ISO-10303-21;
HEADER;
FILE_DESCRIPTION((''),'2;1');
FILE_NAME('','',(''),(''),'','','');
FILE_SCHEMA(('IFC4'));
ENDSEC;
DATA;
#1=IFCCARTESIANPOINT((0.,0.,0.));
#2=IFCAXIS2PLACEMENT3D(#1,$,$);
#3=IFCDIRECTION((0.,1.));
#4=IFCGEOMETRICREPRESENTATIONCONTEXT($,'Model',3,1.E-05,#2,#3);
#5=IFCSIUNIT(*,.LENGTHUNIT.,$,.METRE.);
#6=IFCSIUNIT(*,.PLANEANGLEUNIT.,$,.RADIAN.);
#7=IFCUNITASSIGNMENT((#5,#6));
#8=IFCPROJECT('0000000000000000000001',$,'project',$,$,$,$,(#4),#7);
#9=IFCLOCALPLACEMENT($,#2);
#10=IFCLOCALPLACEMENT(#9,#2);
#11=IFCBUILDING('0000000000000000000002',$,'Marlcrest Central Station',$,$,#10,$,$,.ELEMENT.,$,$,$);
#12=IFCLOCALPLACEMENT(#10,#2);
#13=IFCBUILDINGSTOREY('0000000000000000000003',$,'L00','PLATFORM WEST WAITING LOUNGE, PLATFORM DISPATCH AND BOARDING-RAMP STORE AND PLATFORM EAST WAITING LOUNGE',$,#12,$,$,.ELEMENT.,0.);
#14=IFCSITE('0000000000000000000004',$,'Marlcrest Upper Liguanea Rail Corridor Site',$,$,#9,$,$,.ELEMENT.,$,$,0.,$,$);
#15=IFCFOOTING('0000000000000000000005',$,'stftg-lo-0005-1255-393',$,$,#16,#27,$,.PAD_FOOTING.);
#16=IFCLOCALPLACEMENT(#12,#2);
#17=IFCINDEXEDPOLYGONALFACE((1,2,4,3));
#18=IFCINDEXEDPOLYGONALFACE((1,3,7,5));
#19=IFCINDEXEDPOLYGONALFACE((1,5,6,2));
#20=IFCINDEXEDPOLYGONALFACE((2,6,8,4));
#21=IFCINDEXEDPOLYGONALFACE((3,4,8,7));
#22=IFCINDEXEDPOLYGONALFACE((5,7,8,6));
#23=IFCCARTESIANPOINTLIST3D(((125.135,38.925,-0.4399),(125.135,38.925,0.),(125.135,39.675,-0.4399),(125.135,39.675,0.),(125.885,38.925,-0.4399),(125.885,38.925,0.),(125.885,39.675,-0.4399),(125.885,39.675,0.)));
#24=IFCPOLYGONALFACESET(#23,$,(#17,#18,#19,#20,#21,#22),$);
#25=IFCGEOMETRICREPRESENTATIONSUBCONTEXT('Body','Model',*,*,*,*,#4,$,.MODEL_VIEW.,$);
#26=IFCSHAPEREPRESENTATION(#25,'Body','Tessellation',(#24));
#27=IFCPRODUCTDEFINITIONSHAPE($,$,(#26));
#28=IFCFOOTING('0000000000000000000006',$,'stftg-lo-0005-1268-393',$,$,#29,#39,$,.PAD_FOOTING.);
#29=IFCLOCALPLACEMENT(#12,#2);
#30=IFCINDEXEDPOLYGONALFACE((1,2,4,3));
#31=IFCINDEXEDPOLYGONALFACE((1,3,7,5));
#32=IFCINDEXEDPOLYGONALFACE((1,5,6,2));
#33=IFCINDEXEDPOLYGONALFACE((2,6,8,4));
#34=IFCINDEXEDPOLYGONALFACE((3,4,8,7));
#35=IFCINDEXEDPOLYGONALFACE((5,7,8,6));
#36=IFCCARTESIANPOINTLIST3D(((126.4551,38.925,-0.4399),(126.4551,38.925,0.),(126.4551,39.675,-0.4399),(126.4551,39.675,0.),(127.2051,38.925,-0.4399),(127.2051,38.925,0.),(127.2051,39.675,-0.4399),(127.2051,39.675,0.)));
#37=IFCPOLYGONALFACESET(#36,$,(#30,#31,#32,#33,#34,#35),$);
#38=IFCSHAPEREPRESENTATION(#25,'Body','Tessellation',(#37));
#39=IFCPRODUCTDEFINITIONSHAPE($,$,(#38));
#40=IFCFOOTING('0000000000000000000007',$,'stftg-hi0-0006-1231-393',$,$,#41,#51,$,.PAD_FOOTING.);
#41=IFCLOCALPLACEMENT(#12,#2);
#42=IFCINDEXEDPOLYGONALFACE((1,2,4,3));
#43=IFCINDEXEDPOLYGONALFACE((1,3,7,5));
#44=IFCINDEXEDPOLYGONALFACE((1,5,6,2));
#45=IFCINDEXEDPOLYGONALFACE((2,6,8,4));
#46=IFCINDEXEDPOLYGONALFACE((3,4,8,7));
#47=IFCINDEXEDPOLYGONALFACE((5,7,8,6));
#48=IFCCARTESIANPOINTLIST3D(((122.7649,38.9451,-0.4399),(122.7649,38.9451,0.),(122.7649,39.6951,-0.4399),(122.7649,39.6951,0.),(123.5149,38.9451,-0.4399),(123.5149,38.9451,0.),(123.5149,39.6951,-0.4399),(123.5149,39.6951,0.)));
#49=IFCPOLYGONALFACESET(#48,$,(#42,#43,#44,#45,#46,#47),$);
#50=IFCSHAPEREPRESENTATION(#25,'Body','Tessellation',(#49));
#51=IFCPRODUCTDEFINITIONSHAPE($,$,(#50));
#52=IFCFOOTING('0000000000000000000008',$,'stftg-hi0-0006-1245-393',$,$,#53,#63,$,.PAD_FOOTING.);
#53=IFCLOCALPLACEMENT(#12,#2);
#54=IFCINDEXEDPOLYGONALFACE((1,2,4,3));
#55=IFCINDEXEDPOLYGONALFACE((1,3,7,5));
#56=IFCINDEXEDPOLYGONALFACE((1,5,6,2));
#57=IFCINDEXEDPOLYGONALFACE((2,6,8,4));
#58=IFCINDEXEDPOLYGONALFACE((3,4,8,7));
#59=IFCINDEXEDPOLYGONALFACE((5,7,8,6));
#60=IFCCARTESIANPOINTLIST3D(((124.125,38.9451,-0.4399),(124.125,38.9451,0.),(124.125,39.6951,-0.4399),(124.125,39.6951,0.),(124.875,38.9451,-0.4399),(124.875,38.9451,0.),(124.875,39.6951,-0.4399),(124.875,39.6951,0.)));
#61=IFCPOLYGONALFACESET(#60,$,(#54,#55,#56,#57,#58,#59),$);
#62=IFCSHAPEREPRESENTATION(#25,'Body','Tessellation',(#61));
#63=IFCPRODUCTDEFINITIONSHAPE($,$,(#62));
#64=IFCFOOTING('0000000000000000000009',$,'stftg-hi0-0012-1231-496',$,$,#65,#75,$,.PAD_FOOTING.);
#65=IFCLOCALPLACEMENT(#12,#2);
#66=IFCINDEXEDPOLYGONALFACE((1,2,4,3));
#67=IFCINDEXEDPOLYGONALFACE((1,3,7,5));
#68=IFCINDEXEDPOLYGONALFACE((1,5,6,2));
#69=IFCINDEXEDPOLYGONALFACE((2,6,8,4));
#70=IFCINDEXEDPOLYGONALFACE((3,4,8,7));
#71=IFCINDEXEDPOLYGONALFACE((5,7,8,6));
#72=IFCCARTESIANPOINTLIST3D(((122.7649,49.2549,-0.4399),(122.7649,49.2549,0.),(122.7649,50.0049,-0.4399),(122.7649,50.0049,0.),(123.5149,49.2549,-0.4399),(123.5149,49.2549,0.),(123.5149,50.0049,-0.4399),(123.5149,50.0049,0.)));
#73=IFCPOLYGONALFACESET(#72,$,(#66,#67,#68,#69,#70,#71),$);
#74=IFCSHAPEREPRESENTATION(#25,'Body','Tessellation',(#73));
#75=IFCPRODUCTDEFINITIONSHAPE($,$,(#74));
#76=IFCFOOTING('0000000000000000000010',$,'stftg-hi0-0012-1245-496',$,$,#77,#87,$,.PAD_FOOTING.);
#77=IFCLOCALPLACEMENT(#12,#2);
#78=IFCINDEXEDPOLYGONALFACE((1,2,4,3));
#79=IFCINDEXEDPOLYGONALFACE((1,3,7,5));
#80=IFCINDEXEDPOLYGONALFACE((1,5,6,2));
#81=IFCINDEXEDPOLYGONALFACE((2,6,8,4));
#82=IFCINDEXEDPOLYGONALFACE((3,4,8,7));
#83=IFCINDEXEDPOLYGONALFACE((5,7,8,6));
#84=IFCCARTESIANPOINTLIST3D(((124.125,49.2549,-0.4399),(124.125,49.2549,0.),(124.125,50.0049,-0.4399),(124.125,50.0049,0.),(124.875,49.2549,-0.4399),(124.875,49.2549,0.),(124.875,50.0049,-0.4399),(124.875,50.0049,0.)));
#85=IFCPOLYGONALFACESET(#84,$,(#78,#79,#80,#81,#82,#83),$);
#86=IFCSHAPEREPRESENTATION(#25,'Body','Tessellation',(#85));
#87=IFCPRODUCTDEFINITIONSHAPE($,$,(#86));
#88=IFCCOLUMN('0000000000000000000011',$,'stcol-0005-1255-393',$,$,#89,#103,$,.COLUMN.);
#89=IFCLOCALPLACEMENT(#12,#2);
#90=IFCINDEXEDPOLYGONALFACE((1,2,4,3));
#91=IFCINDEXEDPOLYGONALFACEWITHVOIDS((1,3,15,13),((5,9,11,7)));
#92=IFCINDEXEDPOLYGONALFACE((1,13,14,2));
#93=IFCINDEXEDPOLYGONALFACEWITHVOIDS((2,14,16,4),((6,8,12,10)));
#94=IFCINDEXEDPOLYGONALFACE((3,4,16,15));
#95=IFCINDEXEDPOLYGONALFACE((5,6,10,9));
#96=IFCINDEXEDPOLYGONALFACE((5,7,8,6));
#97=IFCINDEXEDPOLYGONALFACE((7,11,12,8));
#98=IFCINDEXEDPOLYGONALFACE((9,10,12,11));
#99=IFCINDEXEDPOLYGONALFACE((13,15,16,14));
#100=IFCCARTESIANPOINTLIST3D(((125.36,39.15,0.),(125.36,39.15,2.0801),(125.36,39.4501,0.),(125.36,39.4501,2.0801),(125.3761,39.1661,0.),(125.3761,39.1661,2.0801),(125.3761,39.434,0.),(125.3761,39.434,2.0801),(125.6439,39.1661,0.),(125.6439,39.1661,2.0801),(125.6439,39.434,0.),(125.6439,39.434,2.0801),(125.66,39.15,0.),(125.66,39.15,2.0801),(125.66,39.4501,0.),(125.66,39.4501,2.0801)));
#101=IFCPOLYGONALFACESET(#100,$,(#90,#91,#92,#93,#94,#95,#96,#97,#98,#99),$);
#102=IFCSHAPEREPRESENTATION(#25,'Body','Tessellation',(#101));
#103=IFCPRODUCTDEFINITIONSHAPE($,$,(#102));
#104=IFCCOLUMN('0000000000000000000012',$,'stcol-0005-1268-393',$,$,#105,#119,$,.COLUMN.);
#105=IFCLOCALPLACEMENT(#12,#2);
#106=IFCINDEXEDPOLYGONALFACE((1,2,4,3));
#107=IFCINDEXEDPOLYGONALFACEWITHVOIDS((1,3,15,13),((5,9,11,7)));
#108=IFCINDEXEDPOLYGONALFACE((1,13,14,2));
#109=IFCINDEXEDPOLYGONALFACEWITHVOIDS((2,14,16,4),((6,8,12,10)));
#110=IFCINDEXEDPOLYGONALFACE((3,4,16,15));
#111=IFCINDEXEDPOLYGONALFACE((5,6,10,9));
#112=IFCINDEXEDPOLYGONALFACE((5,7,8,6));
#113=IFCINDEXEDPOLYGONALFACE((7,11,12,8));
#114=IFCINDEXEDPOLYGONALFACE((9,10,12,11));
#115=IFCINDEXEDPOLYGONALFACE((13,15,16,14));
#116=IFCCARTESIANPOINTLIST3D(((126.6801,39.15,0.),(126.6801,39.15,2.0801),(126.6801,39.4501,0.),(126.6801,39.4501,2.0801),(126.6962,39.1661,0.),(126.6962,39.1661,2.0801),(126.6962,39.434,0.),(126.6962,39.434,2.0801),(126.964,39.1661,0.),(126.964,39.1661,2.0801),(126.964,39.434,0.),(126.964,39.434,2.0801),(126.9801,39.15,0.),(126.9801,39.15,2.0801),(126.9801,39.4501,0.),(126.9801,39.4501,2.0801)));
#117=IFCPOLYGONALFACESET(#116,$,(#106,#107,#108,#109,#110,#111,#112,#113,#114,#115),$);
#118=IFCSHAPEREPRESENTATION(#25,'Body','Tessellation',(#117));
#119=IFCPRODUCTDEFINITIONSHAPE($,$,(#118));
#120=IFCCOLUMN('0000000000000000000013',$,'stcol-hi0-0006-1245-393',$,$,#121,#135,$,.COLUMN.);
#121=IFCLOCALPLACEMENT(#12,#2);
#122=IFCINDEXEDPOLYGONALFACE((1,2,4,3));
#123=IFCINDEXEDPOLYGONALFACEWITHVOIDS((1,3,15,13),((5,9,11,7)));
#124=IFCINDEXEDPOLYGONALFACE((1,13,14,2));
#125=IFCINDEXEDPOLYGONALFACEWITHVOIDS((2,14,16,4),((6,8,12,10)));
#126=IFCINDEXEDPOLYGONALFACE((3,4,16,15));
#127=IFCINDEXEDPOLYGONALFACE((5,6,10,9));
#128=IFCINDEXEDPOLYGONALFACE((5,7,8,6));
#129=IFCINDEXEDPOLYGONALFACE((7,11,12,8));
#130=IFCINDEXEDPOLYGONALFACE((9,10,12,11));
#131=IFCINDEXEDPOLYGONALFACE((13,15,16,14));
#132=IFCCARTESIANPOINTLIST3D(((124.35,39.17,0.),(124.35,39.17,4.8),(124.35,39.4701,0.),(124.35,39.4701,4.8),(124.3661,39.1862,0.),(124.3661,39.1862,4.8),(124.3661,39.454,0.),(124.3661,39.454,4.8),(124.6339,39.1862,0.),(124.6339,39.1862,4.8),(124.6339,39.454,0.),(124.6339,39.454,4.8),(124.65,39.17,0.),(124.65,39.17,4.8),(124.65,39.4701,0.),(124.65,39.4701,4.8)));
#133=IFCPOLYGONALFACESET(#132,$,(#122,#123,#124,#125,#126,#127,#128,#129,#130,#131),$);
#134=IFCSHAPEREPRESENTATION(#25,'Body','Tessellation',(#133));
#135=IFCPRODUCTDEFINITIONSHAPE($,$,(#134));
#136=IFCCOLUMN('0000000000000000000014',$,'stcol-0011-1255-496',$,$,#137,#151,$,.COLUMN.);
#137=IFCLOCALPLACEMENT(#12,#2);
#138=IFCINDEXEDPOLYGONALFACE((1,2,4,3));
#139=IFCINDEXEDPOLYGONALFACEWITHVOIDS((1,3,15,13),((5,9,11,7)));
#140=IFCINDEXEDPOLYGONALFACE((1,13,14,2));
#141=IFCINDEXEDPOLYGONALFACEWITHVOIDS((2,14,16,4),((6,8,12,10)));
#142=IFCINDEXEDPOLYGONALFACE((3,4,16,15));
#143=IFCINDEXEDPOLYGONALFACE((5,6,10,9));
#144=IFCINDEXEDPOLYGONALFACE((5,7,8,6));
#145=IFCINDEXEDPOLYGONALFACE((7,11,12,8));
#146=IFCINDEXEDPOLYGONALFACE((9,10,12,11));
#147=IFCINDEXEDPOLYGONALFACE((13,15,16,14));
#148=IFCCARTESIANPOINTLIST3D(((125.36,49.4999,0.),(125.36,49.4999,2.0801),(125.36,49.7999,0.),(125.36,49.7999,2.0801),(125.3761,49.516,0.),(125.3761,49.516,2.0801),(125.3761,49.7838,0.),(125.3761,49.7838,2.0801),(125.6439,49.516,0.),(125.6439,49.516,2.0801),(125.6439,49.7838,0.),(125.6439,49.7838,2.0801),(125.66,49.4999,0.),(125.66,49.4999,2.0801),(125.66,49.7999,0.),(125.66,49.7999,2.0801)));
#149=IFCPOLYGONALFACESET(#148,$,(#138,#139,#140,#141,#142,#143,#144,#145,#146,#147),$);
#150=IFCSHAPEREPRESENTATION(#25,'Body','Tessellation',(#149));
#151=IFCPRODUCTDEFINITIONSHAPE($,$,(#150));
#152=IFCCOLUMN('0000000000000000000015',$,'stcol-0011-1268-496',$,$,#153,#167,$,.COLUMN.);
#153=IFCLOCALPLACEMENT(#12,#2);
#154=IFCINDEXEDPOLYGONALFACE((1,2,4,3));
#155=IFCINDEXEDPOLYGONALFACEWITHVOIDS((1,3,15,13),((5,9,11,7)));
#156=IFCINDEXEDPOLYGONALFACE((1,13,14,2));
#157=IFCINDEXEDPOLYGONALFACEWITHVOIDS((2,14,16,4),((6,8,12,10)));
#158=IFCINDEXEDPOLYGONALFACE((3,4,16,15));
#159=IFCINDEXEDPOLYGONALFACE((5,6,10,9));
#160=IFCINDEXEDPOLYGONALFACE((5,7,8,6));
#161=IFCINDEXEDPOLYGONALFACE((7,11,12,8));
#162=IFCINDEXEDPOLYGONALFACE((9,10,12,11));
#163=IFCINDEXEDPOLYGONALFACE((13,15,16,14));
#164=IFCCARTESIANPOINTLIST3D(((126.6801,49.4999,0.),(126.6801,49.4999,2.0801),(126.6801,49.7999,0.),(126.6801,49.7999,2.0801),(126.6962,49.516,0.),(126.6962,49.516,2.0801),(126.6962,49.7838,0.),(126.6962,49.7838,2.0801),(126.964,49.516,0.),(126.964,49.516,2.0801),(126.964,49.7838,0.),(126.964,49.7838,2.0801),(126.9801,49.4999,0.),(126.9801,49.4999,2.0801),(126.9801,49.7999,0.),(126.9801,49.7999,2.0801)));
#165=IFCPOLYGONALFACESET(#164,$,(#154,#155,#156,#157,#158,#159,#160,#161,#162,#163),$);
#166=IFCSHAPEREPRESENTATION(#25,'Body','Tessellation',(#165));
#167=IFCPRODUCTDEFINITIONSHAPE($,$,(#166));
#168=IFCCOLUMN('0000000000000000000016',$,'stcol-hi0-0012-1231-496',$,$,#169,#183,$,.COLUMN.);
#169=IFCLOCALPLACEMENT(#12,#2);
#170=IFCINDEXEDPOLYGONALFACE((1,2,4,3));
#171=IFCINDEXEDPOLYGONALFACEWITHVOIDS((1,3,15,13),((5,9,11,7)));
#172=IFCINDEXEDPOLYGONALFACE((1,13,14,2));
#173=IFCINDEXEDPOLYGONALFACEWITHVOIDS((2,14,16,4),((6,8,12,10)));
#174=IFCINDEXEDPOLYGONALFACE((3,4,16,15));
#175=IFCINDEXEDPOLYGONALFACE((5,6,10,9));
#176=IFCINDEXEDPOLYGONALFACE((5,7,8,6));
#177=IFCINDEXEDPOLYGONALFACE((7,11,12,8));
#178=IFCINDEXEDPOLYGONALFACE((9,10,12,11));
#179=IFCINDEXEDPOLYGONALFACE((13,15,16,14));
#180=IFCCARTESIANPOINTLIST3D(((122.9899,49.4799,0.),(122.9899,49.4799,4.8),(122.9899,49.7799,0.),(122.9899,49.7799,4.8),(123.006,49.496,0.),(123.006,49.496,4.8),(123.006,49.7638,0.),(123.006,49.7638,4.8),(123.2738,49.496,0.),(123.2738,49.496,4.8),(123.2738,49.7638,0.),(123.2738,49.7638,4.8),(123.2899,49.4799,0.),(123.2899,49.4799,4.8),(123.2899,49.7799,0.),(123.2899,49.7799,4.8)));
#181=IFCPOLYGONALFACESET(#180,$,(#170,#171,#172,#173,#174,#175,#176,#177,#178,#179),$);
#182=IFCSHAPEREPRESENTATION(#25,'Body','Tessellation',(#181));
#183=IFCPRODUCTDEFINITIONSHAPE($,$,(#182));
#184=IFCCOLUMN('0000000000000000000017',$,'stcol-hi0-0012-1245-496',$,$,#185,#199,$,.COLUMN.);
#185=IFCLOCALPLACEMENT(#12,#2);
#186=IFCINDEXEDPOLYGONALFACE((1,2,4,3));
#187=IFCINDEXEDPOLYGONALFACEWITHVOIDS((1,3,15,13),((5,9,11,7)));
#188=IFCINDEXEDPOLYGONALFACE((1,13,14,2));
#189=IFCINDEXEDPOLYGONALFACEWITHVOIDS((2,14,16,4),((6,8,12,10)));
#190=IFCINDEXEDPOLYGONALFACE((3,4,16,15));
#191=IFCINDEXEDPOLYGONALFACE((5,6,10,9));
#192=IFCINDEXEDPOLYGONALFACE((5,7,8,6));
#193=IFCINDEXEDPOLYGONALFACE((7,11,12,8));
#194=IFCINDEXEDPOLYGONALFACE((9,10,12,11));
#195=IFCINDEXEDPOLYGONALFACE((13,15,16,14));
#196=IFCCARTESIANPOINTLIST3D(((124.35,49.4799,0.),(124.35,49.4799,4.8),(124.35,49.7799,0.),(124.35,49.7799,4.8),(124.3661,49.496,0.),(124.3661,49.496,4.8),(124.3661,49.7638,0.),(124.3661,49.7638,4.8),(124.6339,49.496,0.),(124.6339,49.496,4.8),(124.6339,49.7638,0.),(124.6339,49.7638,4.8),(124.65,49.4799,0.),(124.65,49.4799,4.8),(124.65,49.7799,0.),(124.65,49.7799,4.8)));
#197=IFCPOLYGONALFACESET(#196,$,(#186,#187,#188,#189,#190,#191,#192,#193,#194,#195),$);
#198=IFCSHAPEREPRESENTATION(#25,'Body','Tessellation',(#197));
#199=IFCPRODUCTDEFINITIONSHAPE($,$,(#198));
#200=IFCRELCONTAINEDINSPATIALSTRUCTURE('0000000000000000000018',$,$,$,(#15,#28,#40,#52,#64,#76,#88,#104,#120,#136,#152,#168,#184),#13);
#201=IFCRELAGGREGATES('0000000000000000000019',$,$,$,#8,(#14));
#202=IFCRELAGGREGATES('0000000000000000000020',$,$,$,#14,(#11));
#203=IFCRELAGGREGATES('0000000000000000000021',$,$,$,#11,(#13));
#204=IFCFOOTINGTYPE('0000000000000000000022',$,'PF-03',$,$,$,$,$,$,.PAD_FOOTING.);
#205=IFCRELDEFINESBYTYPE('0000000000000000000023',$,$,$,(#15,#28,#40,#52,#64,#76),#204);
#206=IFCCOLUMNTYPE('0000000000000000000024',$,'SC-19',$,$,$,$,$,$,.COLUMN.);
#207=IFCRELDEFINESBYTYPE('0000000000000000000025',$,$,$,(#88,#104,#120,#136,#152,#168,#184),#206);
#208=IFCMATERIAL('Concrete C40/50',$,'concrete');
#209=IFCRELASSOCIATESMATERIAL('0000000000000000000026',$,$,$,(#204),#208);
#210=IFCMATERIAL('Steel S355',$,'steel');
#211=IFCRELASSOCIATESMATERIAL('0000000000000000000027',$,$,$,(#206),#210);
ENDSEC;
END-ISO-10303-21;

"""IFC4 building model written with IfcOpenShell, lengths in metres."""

from ifc_helpers import new_model, si_unit, direction, frame, origin, origin_2d, place, context, subcontext, project, spatial, rectangle, hollow_rectangle, extrude, material, material_profile, profile_set, type_object, element, save


model = new_model("IFC4")

# Units and contexts
model_context = context("Model", 3, precision=1e-05, world=origin(), true_north=direction((0.0, 1.0)))
body_context = subcontext(model_context, "Body", "Model", "MODEL_VIEW")
ifc_project = project(units=[si_unit("LENGTHUNIT", "METRE"), si_unit("PLANEANGLEUNIT", "RADIAN")], contexts=[model_context])

# Site, building, storey
site_placement = place(None, origin())
site = spatial("IfcSite", under=ifc_project, at=site_placement, Name="Marlcrest Upper Liguanea Rail Corridor Site", CompositionType="ELEMENT", RefElevation=0.0)
building_placement = place(site_placement, origin())
building = spatial("IfcBuilding", under=site, at=building_placement, Name="Marlcrest Central Station", CompositionType="ELEMENT")
storey_placement = place(building_placement, origin())
storey = spatial("IfcBuildingStorey", under=building, at=storey_placement, Name="L00", Description="PLATFORM WEST WAITING LOUNGE, PLATFORM DISPATCH AND BOARDING-RAMP STORE AND PLATFORM EAST WAITING LOUNGE", CompositionType="ELEMENT", Elevation=0.0)

# Footings
ifc_material_1 = material(Name="Concrete C40/50", Category="concrete")
footing_type = type_object("IfcFootingType", Name="PF-03", PredefinedType="PAD_FOOTING", material=ifc_material_1)
for number, where, z_axis, x_axis, name in (
    (1, (125.51, 39.3, -0.4399), (0.0, 0.0, 1.0), (1.0, 0.0, 0.0), "stftg-lo-0005-1255-393"),
    (2, (126.8301, 39.3, -0.4399), (0.0, 0.0, 1.0), (1.0, 0.0, 0.0), "stftg-lo-0005-1268-393"),
    (3, (123.1399, 39.3201, -0.4399), (0.0, 0.0, 1.0), (1.0, 0.0, 0.0), "stftg-hi0-0006-1231-393"),
    (4, (124.5, 39.3201, -0.4399), (0.0, 0.0, 1.0), (1.0, 0.0, 0.0), "stftg-hi0-0006-1245-393"),
    (5, (123.1399, 49.6299, -0.4399), (0.0, 0.0, 1.0), (1.0, 0.0, 0.0), "stftg-hi0-0012-1231-496"),
    (6, (124.5, 49.6299, -0.4399), (0.0, 0.0, 1.0), (1.0, 0.0, 0.0), "stftg-hi0-0012-1245-496"),
):
    element("IfcFooting", number, at=place(storey_placement, frame(where, z_axis=z_axis, x_axis=x_axis)), inside=storey, type_object=footing_type, Name=name, PredefinedType="PAD_FOOTING", context=body_context, shape_type="SweptSolid", body=[
        extrude(rectangle(XDim=0.75, YDim=0.75, at=origin_2d()), origin(), (0.0, 0.0, 1.0), 0.4399),
    ])

# Columns
ifc_material_2 = material(Name="Steel S355", Category="steel")
ifc_material_profile = material_profile(ifc_material_2, hollow_rectangle(XDim=0.3, YDim=0.3, WallThickness=0.0161, at=origin_2d()), Name="SHS 300x300x16")
ifc_profile_set = profile_set([ifc_material_profile], Name="Steel S355")
column_type = type_object("IfcColumnType", Name="SC-19", PredefinedType="COLUMN", material=ifc_profile_set)
for number, where, z_axis, x_axis, name in (
    (7, (125.51, 39.3, 0.0), (0.0, 0.0, 1.0), (1.0, 0.0, 0.0), "stcol-0005-1255-393"),
    (8, (126.8301, 39.3, 0.0), (0.0, 0.0, 1.0), (1.0, 0.0, 0.0), "stcol-0005-1268-393"),
):
    element("IfcColumn", number, at=place(storey_placement, frame(where, z_axis=z_axis, x_axis=x_axis)), inside=storey, type_object=column_type, Name=name, PredefinedType="COLUMN", context=body_context, shape_type="SweptSolid", body=[
        extrude(hollow_rectangle(XDim=0.3, YDim=0.3, WallThickness=0.0161, at=origin_2d()), origin(), (0.0, 0.0, 1.0), 2.0801),
    ])
column_placement = place(storey_placement, frame((124.5, 39.3201, 0.0), z_axis=(0.0, 0.0, 1.0), x_axis=(1.0, 0.0, 0.0)))
element("IfcColumn", 9, at=column_placement, inside=storey, type_object=column_type, Name="stcol-hi0-0006-1245-393", PredefinedType="COLUMN", context=body_context, shape_type="SweptSolid", body=[
    extrude(hollow_rectangle(XDim=0.3, YDim=0.3, WallThickness=0.0161, at=origin_2d()), origin(), (0.0, 0.0, 1.0), 4.8),
])
for number, where, z_axis, x_axis, name in (
    (10, (125.51, 49.6499, 0.0), (0.0, 0.0, 1.0), (1.0, 0.0, 0.0), "stcol-0011-1255-496"),
    (11, (126.8301, 49.6499, 0.0), (0.0, 0.0, 1.0), (1.0, 0.0, 0.0), "stcol-0011-1268-496"),
):
    element("IfcColumn", number, at=place(storey_placement, frame(where, z_axis=z_axis, x_axis=x_axis)), inside=storey, type_object=column_type, Name=name, PredefinedType="COLUMN", context=body_context, shape_type="SweptSolid", body=[
        extrude(hollow_rectangle(XDim=0.3, YDim=0.3, WallThickness=0.0161, at=origin_2d()), origin(), (0.0, 0.0, 1.0), 2.0801),
    ])
for number, where, z_axis, x_axis, name in (
    (12, (123.1399, 49.6299, 0.0), (0.0, 0.0, 1.0), (1.0, 0.0, 0.0), "stcol-hi0-0012-1231-496"),
    (13, (124.5, 49.6299, 0.0), (0.0, 0.0, 1.0), (1.0, 0.0, 0.0), "stcol-hi0-0012-1245-496"),
):
    element("IfcColumn", number, at=place(storey_placement, frame(where, z_axis=z_axis, x_axis=x_axis)), inside=storey, type_object=column_type, Name=name, PredefinedType="COLUMN", context=body_context, shape_type="SweptSolid", body=[
        extrude(hollow_rectangle(XDim=0.3, YDim=0.3, WallThickness=0.0161, at=origin_2d()), origin(), (0.0, 0.0, 1.0), 4.8),
    ])

save(model, "model.ifc")
